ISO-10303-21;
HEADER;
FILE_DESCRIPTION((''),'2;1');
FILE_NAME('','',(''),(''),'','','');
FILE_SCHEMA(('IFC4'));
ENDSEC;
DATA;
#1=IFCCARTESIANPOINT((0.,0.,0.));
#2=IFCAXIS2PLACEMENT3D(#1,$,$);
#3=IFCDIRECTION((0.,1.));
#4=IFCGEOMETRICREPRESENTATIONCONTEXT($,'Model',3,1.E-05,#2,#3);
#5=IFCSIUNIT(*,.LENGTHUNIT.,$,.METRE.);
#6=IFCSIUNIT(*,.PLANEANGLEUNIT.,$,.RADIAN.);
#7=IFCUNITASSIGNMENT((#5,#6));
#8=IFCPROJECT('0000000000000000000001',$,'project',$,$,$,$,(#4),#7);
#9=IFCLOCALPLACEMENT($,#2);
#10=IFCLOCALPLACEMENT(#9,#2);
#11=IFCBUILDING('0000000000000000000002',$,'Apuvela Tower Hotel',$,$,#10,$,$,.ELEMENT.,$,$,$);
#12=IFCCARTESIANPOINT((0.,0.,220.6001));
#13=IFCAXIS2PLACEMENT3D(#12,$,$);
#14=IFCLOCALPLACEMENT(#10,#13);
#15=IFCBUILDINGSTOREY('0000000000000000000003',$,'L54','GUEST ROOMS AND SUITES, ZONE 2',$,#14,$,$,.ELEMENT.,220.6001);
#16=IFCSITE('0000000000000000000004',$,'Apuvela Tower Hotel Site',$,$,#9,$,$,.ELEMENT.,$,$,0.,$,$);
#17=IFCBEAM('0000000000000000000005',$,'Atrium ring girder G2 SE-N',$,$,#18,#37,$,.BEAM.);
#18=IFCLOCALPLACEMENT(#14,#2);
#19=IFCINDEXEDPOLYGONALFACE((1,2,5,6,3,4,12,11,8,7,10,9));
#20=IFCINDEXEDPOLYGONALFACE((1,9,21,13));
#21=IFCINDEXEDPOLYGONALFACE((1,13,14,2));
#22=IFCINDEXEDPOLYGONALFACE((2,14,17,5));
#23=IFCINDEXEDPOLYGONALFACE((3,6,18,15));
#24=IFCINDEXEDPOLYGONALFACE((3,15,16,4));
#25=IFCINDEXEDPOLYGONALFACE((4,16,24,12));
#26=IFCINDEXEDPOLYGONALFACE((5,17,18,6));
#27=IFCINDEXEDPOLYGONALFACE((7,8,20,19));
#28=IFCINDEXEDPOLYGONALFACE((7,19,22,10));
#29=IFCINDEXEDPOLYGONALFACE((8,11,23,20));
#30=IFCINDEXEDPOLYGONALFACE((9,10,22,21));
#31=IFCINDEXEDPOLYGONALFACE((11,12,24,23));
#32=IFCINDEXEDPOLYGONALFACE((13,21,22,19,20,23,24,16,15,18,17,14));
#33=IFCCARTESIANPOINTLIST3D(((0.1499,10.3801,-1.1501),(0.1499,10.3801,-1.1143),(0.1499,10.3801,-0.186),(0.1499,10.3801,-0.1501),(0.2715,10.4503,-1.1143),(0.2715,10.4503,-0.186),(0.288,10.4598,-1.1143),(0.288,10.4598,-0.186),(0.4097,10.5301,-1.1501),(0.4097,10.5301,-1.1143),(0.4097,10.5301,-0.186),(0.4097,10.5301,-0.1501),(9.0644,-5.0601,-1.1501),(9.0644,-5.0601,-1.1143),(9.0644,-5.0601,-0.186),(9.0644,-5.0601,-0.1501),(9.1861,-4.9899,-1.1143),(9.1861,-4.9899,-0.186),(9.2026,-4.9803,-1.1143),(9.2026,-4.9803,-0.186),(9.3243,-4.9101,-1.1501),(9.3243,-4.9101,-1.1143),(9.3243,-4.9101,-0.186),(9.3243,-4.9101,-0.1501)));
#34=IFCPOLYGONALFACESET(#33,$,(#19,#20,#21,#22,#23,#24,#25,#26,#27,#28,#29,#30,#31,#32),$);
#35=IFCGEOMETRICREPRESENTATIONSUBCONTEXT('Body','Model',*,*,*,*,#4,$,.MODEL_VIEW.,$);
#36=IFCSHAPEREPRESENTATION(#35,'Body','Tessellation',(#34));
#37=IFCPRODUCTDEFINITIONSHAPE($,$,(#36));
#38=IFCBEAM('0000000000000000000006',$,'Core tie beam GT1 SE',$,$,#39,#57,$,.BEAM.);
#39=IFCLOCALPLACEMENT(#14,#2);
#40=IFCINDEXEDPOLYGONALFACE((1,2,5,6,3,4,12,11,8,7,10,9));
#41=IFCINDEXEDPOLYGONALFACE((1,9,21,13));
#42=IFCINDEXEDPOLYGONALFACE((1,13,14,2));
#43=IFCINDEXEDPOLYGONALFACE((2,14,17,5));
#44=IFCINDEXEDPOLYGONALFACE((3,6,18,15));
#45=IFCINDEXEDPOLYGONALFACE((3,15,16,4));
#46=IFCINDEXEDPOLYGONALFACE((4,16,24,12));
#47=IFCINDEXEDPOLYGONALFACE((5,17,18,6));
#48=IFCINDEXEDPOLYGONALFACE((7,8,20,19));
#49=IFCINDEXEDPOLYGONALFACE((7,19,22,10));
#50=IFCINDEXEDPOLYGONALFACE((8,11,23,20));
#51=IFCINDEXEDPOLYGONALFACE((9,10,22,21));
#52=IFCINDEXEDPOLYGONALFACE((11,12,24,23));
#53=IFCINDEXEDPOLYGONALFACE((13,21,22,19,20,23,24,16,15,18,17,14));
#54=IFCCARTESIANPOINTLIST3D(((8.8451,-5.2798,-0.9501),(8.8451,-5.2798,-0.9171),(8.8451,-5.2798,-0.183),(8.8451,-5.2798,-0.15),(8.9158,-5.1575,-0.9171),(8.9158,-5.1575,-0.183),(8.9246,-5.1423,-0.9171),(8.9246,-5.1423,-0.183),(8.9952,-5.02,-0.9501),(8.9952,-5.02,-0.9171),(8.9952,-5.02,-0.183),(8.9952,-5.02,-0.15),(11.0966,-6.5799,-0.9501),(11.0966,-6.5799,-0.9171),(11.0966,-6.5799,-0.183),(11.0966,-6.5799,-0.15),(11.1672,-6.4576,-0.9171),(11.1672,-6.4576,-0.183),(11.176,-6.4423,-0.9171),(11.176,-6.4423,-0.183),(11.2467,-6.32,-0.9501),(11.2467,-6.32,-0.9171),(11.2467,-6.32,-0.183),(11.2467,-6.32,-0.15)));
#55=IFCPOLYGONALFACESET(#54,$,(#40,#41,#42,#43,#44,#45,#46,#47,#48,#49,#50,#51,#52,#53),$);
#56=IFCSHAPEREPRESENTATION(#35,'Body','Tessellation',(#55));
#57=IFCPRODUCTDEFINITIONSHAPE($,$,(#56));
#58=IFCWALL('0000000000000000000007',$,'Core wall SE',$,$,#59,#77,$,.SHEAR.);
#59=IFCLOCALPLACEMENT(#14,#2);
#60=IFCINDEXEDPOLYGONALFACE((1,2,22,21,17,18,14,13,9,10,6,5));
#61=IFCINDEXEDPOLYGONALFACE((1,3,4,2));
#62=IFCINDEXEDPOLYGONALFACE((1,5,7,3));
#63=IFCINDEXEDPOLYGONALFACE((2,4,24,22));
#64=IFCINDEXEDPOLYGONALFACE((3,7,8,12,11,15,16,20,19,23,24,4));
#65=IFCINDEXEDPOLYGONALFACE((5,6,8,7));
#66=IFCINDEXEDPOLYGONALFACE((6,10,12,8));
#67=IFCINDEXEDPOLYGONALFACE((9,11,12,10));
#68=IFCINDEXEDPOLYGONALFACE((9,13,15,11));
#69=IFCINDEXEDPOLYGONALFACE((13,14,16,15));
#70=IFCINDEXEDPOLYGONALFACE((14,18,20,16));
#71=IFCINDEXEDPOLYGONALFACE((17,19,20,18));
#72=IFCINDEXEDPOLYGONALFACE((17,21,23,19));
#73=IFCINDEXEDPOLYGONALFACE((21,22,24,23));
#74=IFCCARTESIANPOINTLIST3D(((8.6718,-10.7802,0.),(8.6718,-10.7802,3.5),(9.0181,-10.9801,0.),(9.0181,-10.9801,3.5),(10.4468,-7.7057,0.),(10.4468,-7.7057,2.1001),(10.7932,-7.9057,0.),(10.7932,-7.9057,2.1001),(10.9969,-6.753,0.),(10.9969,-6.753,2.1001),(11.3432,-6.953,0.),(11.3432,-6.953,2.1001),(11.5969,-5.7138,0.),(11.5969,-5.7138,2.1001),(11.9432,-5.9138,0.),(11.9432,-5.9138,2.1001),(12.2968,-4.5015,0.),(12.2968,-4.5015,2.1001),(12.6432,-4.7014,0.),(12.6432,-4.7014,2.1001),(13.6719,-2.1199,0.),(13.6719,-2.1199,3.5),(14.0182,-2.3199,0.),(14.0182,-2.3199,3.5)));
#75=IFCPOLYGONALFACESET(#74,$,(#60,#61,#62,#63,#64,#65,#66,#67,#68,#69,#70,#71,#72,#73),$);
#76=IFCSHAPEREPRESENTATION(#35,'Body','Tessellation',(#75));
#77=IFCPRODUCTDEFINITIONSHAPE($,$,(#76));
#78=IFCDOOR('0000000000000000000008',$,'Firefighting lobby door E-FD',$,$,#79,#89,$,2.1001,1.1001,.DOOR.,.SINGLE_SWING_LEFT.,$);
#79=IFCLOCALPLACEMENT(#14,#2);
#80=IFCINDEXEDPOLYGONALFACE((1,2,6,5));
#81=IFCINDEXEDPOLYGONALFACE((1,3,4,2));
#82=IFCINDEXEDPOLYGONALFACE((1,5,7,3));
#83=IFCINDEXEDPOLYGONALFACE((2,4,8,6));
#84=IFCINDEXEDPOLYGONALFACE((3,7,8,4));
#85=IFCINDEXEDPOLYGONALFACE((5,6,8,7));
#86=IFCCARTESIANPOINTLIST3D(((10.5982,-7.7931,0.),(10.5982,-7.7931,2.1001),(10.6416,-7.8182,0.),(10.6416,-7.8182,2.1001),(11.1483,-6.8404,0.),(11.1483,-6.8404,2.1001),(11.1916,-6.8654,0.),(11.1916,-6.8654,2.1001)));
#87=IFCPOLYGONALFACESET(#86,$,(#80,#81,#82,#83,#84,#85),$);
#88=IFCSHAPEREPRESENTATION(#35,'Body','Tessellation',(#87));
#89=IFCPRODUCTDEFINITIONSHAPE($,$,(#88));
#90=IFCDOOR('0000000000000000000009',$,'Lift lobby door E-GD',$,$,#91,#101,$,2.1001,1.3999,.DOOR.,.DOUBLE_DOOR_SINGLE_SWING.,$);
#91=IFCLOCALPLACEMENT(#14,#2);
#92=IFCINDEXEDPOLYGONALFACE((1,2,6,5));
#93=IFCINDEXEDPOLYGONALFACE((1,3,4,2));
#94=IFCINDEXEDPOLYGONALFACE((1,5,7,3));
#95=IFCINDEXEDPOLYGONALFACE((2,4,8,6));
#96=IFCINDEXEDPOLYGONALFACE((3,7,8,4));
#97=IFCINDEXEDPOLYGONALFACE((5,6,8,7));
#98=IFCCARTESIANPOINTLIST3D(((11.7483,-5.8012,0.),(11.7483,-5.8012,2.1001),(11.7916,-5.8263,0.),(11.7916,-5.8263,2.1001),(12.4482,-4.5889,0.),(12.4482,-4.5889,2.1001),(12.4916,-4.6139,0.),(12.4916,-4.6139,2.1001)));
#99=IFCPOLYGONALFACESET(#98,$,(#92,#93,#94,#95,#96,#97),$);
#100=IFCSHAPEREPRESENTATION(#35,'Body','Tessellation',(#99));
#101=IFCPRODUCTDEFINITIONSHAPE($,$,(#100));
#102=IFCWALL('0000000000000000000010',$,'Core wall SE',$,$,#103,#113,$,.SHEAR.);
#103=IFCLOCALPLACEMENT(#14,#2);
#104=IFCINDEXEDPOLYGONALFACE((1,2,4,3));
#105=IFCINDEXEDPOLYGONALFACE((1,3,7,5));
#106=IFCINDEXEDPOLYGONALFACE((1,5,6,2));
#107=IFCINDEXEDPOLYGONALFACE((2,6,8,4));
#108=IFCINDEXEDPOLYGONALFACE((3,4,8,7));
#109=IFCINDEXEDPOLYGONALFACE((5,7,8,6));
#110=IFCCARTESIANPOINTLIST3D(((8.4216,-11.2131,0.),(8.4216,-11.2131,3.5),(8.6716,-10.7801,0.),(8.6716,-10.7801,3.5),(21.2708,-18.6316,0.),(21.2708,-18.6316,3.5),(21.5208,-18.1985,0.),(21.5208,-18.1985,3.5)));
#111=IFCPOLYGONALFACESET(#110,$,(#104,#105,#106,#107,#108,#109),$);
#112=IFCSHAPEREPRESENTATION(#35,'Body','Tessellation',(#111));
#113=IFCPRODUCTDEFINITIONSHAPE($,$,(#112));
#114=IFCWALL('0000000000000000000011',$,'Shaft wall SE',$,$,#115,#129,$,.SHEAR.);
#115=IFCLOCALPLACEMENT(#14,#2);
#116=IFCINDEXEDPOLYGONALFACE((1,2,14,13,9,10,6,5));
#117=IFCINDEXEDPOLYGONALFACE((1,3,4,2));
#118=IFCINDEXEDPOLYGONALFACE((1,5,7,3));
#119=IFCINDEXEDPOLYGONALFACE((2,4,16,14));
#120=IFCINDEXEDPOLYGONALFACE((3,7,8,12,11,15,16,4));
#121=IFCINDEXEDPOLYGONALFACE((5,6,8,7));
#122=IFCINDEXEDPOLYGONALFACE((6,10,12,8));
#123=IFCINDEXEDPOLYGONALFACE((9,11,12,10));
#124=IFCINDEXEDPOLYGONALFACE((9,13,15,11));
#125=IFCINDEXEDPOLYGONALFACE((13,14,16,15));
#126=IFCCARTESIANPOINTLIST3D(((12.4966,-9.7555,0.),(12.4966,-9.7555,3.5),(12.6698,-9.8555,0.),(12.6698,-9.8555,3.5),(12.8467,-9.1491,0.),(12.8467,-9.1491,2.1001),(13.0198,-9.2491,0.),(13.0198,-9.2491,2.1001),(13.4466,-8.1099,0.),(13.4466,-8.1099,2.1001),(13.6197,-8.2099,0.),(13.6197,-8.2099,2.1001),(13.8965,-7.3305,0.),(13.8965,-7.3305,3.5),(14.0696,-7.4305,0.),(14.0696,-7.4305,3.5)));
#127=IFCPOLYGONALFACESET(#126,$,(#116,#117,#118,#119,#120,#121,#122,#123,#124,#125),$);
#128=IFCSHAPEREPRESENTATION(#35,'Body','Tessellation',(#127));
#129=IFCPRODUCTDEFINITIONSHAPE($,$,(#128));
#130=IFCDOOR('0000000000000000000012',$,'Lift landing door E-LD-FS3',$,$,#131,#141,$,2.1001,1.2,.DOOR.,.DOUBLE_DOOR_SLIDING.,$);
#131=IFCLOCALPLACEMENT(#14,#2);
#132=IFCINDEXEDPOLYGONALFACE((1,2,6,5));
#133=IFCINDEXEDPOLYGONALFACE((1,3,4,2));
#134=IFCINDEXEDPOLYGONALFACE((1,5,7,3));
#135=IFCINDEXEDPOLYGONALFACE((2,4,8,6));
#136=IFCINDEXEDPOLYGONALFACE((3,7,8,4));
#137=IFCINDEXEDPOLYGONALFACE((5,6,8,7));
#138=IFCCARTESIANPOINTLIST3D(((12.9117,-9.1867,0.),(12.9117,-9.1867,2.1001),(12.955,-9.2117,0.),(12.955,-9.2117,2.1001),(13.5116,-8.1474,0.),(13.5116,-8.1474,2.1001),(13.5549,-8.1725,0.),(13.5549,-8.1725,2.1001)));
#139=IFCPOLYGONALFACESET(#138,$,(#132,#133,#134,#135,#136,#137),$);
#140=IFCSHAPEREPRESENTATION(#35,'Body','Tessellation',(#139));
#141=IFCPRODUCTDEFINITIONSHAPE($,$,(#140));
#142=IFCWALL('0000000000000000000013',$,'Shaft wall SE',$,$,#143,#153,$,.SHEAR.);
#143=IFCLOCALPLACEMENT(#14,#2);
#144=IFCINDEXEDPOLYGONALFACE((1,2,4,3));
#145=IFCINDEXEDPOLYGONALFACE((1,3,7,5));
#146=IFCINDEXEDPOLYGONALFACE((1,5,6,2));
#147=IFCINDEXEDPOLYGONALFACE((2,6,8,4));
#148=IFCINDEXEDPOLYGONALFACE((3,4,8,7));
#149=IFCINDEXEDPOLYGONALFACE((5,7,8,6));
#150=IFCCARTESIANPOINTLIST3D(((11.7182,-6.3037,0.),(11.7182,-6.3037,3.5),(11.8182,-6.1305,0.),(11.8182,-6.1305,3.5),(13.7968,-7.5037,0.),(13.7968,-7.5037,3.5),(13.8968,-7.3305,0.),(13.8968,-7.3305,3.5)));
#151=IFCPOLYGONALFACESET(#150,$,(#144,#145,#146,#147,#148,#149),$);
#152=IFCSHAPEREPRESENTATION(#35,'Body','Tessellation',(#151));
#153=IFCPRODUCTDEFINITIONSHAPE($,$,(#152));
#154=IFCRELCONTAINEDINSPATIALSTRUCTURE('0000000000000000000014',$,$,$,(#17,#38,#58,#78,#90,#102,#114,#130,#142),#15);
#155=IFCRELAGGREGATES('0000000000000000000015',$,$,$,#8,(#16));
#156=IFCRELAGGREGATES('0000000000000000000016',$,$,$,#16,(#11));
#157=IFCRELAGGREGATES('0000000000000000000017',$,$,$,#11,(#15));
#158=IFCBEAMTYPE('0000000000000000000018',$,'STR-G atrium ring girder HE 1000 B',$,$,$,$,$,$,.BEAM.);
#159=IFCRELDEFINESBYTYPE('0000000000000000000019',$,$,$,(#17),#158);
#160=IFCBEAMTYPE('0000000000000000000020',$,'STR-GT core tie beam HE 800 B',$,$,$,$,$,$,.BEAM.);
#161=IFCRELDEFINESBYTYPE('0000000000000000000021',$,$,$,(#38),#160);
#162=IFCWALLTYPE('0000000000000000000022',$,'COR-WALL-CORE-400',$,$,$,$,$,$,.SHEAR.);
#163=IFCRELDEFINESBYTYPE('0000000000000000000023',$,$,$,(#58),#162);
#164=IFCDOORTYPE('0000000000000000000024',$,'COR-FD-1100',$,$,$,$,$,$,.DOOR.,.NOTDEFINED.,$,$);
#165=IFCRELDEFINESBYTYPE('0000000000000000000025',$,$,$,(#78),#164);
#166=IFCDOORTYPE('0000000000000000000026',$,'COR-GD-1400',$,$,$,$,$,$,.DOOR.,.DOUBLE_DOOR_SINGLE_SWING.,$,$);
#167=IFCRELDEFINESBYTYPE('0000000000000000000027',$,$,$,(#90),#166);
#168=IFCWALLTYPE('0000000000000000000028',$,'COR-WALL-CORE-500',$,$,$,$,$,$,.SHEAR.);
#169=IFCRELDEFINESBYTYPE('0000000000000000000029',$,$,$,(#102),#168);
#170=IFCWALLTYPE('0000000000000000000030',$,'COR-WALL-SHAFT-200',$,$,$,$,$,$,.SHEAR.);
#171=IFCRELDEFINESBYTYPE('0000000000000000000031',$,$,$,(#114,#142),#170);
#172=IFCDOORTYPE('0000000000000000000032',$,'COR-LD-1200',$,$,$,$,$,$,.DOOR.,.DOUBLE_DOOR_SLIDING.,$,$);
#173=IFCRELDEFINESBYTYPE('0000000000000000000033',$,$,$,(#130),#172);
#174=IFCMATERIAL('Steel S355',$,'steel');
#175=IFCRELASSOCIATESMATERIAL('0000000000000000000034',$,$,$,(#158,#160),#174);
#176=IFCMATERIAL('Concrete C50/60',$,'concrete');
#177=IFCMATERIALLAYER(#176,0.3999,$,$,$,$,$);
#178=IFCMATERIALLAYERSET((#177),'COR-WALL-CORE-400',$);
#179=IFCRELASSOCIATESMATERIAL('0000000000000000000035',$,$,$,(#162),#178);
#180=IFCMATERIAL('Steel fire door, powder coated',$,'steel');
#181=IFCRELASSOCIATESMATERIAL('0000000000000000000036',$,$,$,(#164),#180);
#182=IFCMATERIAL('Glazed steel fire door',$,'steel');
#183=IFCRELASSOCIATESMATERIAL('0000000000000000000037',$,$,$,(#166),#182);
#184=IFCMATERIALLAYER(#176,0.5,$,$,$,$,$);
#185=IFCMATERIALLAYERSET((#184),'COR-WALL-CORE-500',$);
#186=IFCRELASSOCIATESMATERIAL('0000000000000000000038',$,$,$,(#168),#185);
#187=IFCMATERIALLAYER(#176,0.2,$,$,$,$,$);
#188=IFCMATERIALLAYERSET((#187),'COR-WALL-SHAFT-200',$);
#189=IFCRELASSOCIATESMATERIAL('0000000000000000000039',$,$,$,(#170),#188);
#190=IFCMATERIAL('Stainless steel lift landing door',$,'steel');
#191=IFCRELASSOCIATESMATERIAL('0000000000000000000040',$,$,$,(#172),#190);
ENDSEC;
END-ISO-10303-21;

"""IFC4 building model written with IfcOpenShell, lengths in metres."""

from ifc_helpers import new_model, si_unit, direction, frame, frame_2d, origin, origin_2d, place, context, subcontext, project, spatial, rectangle, i_section, extrude, material, layer, layer_set, material_profile, profile_set, type_object, element, fill, save


model = new_model("IFC4")

# Units and contexts
model_context = context("Model", 3, precision=1e-05, world=origin(), true_north=direction((0.0, 1.0)))
body_context = subcontext(model_context, "Body", "Model", "MODEL_VIEW")
ifc_project = project(units=[si_unit("LENGTHUNIT", "METRE"), si_unit("PLANEANGLEUNIT", "RADIAN")], contexts=[model_context])

# Site, building, storey
site_placement = place(None, origin())
site = spatial("IfcSite", under=ifc_project, at=site_placement, Name="Apuvela Tower Hotel Site", CompositionType="ELEMENT", RefElevation=0.0)
building_placement = place(site_placement, origin())
building = spatial("IfcBuilding", under=site, at=building_placement, Name="Apuvela Tower Hotel", CompositionType="ELEMENT")
storey_placement = place(building_placement, frame((0.0, 0.0, 220.6001)))
storey = spatial("IfcBuildingStorey", under=building, at=storey_placement, Name="L54", Description="GUEST ROOMS AND SUITES, ZONE 2", CompositionType="ELEMENT", Elevation=220.6001)

# Beams
ifc_material_1 = material(Name="Steel S355", Category="steel")
ifc_material_profile_1 = material_profile(ifc_material_1, i_section(OverallWidth=0.3, OverallDepth=1.0, WebThickness=0.019, FlangeThickness=0.0359, at=origin_2d()), Name="HE 1000 B")
ifc_profile_set_1 = profile_set([ifc_material_profile_1], Name="Steel S355")
beam_type_1 = type_object("IfcBeamType", Name="STR-G atrium ring girder HE 1000 B", PredefinedType="BEAM", material=ifc_profile_set_1)
beam_1_placement = place(storey_placement, frame((9.1943, -4.9851, -0.6501), z_axis=(-0.500007, 0.866022, 0.0), x_axis=(-0.866022, -0.500007, 0.0)))
element("IfcBeam", 1, at=beam_1_placement, inside=storey, type_object=beam_type_1, Name="Atrium ring girder G2 SE-N", PredefinedType="BEAM", context=body_context, shape_type="SweptSolid", body=[
    extrude(i_section(OverallWidth=0.3, OverallDepth=1.0, WebThickness=0.019, FlangeThickness=0.0359, at=origin_2d()), origin(), (0.0, 0.0, 1.0), 17.8289),
])
ifc_material_profile_2 = material_profile(ifc_material_1, i_section(OverallWidth=0.3, OverallDepth=0.8, WebThickness=0.0176, FlangeThickness=0.033, at=origin_2d()), Name="HE 800 B")
ifc_profile_set_2 = profile_set([ifc_material_profile_2], Name="Steel S355")
beam_type_2 = type_object("IfcBeamType", Name="STR-GT core tie beam HE 800 B", PredefinedType="BEAM", material=ifc_profile_set_2)
beam_2_placement = place(storey_placement, frame((11.1716, -6.45, -0.55), z_axis=(-0.865998, 0.500048, 0.0), x_axis=(-0.500048, -0.865998, 0.0)))
element("IfcBeam", 2, at=beam_2_placement, inside=storey, type_object=beam_type_2, Name="Core tie beam GT1 SE", PredefinedType="BEAM", context=body_context, shape_type="SweptSolid", body=[
    extrude(i_section(OverallWidth=0.3, OverallDepth=0.8, WebThickness=0.0176, FlangeThickness=0.033, at=origin_2d()), origin(), (0.0, 0.0, 1.0), 2.5999),
])

# Wall, openings, doors
ifc_material_2 = material(Name="Concrete C50/60", Category="concrete")
ifc_layer_1 = layer(ifc_material_2, 0.3999)
ifc_layer_set_1 = layer_set([ifc_layer_1], Name="COR-WALL-CORE-400")
wall_type_1 = type_object("IfcWallType", Name="COR-WALL-CORE-400", PredefinedType="SHEAR", material=ifc_layer_set_1)
wall_1_placement = place(storey_placement, frame((8.845, -10.8801, 0.0), z_axis=(0.0, 0.0, 1.0), x_axis=(0.500004, 0.866023, 0.0)))
wall_1 = element("IfcWall", 3, at=wall_1_placement, inside=storey, type_object=wall_type_1, Name="Core wall SE", PredefinedType="SHEAR", context=body_context, shape_type="SweptSolid", body=[
    extrude(rectangle(XDim=10.0, YDim=0.3999, at=frame_2d((5.0, 0.0))), origin(), (0.0, 0.0, 1.0), 3.5),
])
opening_1_placement = place(wall_1_placement, frame((3.55, 0.0, 0.0)))
opening_1 = element("IfcOpeningElement", 4, at=opening_1_placement, cuts=wall_1, PredefinedType="OPENING", context=body_context, shape_type="SweptSolid", body=[
    extrude(rectangle(XDim=1.1001, YDim=2.1001, at=frame_2d((0.55, 1.05))), frame((0.0, 0.21, 0.0), z_axis=(0.0, -1.0, 0.0), x_axis=(1.0, 0.0, 0.0)), (0.0, 0.0, 1.0), 0.4199),
])
opening_2_placement = place(wall_1_placement, frame((5.8501, 0.0, 0.0)))
opening_2 = element("IfcOpeningElement", 5, at=opening_2_placement, cuts=wall_1, PredefinedType="OPENING", context=body_context, shape_type="SweptSolid", body=[
    extrude(rectangle(XDim=1.3999, YDim=2.1001, at=frame_2d((0.7, 1.05))), frame((0.0, 0.21, 0.0), z_axis=(0.0, -1.0, 0.0), x_axis=(1.0, 0.0, 0.0)), (0.0, 0.0, 1.0), 0.4199),
])
ifc_material_3 = material(Name="Steel fire door, powder coated", Category="steel")
door_type_1 = type_object("IfcDoorType", Name="COR-FD-1100", OperationType="NOTDEFINED", PredefinedType="DOOR", material=ifc_material_3)
door_1_placement = place(opening_1_placement, frame((1.1001, 0.0, 0.0), z_axis=(0.0, 0.0, 1.0), x_axis=(-1.0, 0.0, 0.0)))
door_1 = element("IfcDoor", 6, at=door_1_placement, inside=storey, type_object=door_type_1, Name="Firefighting lobby door E-FD", OperationType="SINGLE_SWING_LEFT", OverallHeight=2.1001, OverallWidth=1.1001, PredefinedType="DOOR", context=body_context, shape_type="SweptSolid", body=[
    extrude(rectangle(XDim=1.1001, YDim=2.1001, at=frame_2d((0.55, 1.05))), frame((0.0, 0.0249, 0.0), z_axis=(0.0, -1.0, 0.0), x_axis=(1.0, 0.0, 0.0)), (0.0, 0.0, 1.0), 0.05),
])
fill(opening_1, door_1)
ifc_material_4 = material(Name="Glazed steel fire door", Category="steel")
door_type_2 = type_object("IfcDoorType", Name="COR-GD-1400", OperationType="DOUBLE_DOOR_SINGLE_SWING", PredefinedType="DOOR", material=ifc_material_4)
door_2_placement = place(opening_2_placement, frame((1.3999, 0.0, 0.0), z_axis=(0.0, 0.0, 1.0), x_axis=(-1.0, 0.0, 0.0)))
door_2 = element("IfcDoor", 7, at=door_2_placement, inside=storey, type_object=door_type_2, Name="Lift lobby door E-GD", OperationType="DOUBLE_DOOR_SINGLE_SWING", OverallHeight=2.1001, OverallWidth=1.3999, PredefinedType="DOOR", context=body_context, shape_type="SweptSolid", body=[
    extrude(rectangle(XDim=1.3999, YDim=2.1001, at=frame_2d((0.7, 1.05))), frame((0.0, 0.0249, 0.0), z_axis=(0.0, -1.0, 0.0), x_axis=(1.0, 0.0, 0.0)), (0.0, 0.0, 1.0), 0.05),
])
fill(opening_2, door_2)

# Wall
ifc_layer_2 = layer(ifc_material_2, 0.5)
ifc_layer_set_2 = layer_set([ifc_layer_2], Name="COR-WALL-CORE-500")
wall_type_2 = type_object("IfcWallType", Name="COR-WALL-CORE-500", PredefinedType="SHEAR", material=ifc_layer_set_2)
wall_2_placement = place(storey_placement, frame((8.5466, -10.9966, 0.0), z_axis=(0.0, 0.0, 1.0), x_axis=(0.866025, -0.500001, 0.0)))
element("IfcWall", 8, at=wall_2_placement, inside=storey, type_object=wall_type_2, Name="Core wall SE", PredefinedType="SHEAR", context=body_context, shape_type="SweptSolid", body=[
    extrude(rectangle(XDim=14.8369, YDim=0.5, at=frame_2d((7.4185, 0.0))), origin(), (0.0, 0.0, 1.0), 3.5),
])

# Wall, opening, door
ifc_layer_3 = layer(ifc_material_2, 0.2)
ifc_layer_set_3 = layer_set([ifc_layer_3], Name="COR-WALL-SHAFT-200")
wall_type_3 = type_object("IfcWallType", Name="COR-WALL-SHAFT-200", PredefinedType="SHEAR", material=ifc_layer_set_3)
wall_3_placement = place(storey_placement, frame((12.5833, -9.8054, 0.0), z_axis=(0.0, 0.0, 1.0), x_axis=(0.499946, 0.866056, 0.0)))
wall_3 = element("IfcWall", 9, at=wall_3_placement, inside=storey, type_object=wall_type_3, Name="Shaft wall SE", PredefinedType="SHEAR", context=body_context, shape_type="SweptSolid", body=[
    extrude(rectangle(XDim=2.8, YDim=0.2, at=frame_2d((1.3999, 0.0))), origin(), (0.0, 0.0, 1.0), 3.5),
])
opening_3_placement = place(wall_3_placement, frame((0.7, 0.0, 0.0)))
opening_3 = element("IfcOpeningElement", 10, at=opening_3_placement, cuts=wall_3, PredefinedType="OPENING", context=body_context, shape_type="SweptSolid", body=[
    extrude(rectangle(XDim=1.2, YDim=2.1001, at=frame_2d((0.6001, 1.05))), frame((0.0, 0.1099, 0.0), z_axis=(0.0, -1.0, 0.0), x_axis=(1.0, 0.0, 0.0)), (0.0, 0.0, 1.0), 0.22),
])
ifc_material_5 = material(Name="Stainless steel lift landing door", Category="steel")
door_type_3 = type_object("IfcDoorType", Name="COR-LD-1200", OperationType="DOUBLE_DOOR_SLIDING", PredefinedType="DOOR", material=ifc_material_5)
door_3_placement = place(opening_3_placement, origin())
door_3 = element("IfcDoor", 11, at=door_3_placement, inside=storey, type_object=door_type_3, Name="Lift landing door E-LD-FS3", OperationType="DOUBLE_DOOR_SLIDING", OverallHeight=2.1001, OverallWidth=1.2, PredefinedType="DOOR", context=body_context, shape_type="SweptSolid", body=[
    extrude(rectangle(XDim=1.2, YDim=2.1001, at=frame_2d((0.6001, 1.05))), frame((0.0, 0.0249, 0.0), z_axis=(0.0, -1.0, 0.0), x_axis=(1.0, 0.0, 0.0)), (0.0, 0.0, 1.0), 0.05),
])
fill(opening_3, door_3)

# Wall
wall_4_placement = place(storey_placement, frame((11.7681, -6.217, 0.0), z_axis=(0.0, 0.0, 1.0), x_axis=(0.86605, -0.499957, 0.0)))
element("IfcWall", 12, at=wall_4_placement, inside=storey, type_object=wall_type_3, Name="Shaft wall SE", PredefinedType="SHEAR", context=body_context, shape_type="SweptSolid", body=[
    extrude(rectangle(XDim=2.4001, YDim=0.2, at=frame_2d((1.2002, 0.0))), origin(), (0.0, 0.0, 1.0), 3.5),
])

save(model, "model.ifc")
